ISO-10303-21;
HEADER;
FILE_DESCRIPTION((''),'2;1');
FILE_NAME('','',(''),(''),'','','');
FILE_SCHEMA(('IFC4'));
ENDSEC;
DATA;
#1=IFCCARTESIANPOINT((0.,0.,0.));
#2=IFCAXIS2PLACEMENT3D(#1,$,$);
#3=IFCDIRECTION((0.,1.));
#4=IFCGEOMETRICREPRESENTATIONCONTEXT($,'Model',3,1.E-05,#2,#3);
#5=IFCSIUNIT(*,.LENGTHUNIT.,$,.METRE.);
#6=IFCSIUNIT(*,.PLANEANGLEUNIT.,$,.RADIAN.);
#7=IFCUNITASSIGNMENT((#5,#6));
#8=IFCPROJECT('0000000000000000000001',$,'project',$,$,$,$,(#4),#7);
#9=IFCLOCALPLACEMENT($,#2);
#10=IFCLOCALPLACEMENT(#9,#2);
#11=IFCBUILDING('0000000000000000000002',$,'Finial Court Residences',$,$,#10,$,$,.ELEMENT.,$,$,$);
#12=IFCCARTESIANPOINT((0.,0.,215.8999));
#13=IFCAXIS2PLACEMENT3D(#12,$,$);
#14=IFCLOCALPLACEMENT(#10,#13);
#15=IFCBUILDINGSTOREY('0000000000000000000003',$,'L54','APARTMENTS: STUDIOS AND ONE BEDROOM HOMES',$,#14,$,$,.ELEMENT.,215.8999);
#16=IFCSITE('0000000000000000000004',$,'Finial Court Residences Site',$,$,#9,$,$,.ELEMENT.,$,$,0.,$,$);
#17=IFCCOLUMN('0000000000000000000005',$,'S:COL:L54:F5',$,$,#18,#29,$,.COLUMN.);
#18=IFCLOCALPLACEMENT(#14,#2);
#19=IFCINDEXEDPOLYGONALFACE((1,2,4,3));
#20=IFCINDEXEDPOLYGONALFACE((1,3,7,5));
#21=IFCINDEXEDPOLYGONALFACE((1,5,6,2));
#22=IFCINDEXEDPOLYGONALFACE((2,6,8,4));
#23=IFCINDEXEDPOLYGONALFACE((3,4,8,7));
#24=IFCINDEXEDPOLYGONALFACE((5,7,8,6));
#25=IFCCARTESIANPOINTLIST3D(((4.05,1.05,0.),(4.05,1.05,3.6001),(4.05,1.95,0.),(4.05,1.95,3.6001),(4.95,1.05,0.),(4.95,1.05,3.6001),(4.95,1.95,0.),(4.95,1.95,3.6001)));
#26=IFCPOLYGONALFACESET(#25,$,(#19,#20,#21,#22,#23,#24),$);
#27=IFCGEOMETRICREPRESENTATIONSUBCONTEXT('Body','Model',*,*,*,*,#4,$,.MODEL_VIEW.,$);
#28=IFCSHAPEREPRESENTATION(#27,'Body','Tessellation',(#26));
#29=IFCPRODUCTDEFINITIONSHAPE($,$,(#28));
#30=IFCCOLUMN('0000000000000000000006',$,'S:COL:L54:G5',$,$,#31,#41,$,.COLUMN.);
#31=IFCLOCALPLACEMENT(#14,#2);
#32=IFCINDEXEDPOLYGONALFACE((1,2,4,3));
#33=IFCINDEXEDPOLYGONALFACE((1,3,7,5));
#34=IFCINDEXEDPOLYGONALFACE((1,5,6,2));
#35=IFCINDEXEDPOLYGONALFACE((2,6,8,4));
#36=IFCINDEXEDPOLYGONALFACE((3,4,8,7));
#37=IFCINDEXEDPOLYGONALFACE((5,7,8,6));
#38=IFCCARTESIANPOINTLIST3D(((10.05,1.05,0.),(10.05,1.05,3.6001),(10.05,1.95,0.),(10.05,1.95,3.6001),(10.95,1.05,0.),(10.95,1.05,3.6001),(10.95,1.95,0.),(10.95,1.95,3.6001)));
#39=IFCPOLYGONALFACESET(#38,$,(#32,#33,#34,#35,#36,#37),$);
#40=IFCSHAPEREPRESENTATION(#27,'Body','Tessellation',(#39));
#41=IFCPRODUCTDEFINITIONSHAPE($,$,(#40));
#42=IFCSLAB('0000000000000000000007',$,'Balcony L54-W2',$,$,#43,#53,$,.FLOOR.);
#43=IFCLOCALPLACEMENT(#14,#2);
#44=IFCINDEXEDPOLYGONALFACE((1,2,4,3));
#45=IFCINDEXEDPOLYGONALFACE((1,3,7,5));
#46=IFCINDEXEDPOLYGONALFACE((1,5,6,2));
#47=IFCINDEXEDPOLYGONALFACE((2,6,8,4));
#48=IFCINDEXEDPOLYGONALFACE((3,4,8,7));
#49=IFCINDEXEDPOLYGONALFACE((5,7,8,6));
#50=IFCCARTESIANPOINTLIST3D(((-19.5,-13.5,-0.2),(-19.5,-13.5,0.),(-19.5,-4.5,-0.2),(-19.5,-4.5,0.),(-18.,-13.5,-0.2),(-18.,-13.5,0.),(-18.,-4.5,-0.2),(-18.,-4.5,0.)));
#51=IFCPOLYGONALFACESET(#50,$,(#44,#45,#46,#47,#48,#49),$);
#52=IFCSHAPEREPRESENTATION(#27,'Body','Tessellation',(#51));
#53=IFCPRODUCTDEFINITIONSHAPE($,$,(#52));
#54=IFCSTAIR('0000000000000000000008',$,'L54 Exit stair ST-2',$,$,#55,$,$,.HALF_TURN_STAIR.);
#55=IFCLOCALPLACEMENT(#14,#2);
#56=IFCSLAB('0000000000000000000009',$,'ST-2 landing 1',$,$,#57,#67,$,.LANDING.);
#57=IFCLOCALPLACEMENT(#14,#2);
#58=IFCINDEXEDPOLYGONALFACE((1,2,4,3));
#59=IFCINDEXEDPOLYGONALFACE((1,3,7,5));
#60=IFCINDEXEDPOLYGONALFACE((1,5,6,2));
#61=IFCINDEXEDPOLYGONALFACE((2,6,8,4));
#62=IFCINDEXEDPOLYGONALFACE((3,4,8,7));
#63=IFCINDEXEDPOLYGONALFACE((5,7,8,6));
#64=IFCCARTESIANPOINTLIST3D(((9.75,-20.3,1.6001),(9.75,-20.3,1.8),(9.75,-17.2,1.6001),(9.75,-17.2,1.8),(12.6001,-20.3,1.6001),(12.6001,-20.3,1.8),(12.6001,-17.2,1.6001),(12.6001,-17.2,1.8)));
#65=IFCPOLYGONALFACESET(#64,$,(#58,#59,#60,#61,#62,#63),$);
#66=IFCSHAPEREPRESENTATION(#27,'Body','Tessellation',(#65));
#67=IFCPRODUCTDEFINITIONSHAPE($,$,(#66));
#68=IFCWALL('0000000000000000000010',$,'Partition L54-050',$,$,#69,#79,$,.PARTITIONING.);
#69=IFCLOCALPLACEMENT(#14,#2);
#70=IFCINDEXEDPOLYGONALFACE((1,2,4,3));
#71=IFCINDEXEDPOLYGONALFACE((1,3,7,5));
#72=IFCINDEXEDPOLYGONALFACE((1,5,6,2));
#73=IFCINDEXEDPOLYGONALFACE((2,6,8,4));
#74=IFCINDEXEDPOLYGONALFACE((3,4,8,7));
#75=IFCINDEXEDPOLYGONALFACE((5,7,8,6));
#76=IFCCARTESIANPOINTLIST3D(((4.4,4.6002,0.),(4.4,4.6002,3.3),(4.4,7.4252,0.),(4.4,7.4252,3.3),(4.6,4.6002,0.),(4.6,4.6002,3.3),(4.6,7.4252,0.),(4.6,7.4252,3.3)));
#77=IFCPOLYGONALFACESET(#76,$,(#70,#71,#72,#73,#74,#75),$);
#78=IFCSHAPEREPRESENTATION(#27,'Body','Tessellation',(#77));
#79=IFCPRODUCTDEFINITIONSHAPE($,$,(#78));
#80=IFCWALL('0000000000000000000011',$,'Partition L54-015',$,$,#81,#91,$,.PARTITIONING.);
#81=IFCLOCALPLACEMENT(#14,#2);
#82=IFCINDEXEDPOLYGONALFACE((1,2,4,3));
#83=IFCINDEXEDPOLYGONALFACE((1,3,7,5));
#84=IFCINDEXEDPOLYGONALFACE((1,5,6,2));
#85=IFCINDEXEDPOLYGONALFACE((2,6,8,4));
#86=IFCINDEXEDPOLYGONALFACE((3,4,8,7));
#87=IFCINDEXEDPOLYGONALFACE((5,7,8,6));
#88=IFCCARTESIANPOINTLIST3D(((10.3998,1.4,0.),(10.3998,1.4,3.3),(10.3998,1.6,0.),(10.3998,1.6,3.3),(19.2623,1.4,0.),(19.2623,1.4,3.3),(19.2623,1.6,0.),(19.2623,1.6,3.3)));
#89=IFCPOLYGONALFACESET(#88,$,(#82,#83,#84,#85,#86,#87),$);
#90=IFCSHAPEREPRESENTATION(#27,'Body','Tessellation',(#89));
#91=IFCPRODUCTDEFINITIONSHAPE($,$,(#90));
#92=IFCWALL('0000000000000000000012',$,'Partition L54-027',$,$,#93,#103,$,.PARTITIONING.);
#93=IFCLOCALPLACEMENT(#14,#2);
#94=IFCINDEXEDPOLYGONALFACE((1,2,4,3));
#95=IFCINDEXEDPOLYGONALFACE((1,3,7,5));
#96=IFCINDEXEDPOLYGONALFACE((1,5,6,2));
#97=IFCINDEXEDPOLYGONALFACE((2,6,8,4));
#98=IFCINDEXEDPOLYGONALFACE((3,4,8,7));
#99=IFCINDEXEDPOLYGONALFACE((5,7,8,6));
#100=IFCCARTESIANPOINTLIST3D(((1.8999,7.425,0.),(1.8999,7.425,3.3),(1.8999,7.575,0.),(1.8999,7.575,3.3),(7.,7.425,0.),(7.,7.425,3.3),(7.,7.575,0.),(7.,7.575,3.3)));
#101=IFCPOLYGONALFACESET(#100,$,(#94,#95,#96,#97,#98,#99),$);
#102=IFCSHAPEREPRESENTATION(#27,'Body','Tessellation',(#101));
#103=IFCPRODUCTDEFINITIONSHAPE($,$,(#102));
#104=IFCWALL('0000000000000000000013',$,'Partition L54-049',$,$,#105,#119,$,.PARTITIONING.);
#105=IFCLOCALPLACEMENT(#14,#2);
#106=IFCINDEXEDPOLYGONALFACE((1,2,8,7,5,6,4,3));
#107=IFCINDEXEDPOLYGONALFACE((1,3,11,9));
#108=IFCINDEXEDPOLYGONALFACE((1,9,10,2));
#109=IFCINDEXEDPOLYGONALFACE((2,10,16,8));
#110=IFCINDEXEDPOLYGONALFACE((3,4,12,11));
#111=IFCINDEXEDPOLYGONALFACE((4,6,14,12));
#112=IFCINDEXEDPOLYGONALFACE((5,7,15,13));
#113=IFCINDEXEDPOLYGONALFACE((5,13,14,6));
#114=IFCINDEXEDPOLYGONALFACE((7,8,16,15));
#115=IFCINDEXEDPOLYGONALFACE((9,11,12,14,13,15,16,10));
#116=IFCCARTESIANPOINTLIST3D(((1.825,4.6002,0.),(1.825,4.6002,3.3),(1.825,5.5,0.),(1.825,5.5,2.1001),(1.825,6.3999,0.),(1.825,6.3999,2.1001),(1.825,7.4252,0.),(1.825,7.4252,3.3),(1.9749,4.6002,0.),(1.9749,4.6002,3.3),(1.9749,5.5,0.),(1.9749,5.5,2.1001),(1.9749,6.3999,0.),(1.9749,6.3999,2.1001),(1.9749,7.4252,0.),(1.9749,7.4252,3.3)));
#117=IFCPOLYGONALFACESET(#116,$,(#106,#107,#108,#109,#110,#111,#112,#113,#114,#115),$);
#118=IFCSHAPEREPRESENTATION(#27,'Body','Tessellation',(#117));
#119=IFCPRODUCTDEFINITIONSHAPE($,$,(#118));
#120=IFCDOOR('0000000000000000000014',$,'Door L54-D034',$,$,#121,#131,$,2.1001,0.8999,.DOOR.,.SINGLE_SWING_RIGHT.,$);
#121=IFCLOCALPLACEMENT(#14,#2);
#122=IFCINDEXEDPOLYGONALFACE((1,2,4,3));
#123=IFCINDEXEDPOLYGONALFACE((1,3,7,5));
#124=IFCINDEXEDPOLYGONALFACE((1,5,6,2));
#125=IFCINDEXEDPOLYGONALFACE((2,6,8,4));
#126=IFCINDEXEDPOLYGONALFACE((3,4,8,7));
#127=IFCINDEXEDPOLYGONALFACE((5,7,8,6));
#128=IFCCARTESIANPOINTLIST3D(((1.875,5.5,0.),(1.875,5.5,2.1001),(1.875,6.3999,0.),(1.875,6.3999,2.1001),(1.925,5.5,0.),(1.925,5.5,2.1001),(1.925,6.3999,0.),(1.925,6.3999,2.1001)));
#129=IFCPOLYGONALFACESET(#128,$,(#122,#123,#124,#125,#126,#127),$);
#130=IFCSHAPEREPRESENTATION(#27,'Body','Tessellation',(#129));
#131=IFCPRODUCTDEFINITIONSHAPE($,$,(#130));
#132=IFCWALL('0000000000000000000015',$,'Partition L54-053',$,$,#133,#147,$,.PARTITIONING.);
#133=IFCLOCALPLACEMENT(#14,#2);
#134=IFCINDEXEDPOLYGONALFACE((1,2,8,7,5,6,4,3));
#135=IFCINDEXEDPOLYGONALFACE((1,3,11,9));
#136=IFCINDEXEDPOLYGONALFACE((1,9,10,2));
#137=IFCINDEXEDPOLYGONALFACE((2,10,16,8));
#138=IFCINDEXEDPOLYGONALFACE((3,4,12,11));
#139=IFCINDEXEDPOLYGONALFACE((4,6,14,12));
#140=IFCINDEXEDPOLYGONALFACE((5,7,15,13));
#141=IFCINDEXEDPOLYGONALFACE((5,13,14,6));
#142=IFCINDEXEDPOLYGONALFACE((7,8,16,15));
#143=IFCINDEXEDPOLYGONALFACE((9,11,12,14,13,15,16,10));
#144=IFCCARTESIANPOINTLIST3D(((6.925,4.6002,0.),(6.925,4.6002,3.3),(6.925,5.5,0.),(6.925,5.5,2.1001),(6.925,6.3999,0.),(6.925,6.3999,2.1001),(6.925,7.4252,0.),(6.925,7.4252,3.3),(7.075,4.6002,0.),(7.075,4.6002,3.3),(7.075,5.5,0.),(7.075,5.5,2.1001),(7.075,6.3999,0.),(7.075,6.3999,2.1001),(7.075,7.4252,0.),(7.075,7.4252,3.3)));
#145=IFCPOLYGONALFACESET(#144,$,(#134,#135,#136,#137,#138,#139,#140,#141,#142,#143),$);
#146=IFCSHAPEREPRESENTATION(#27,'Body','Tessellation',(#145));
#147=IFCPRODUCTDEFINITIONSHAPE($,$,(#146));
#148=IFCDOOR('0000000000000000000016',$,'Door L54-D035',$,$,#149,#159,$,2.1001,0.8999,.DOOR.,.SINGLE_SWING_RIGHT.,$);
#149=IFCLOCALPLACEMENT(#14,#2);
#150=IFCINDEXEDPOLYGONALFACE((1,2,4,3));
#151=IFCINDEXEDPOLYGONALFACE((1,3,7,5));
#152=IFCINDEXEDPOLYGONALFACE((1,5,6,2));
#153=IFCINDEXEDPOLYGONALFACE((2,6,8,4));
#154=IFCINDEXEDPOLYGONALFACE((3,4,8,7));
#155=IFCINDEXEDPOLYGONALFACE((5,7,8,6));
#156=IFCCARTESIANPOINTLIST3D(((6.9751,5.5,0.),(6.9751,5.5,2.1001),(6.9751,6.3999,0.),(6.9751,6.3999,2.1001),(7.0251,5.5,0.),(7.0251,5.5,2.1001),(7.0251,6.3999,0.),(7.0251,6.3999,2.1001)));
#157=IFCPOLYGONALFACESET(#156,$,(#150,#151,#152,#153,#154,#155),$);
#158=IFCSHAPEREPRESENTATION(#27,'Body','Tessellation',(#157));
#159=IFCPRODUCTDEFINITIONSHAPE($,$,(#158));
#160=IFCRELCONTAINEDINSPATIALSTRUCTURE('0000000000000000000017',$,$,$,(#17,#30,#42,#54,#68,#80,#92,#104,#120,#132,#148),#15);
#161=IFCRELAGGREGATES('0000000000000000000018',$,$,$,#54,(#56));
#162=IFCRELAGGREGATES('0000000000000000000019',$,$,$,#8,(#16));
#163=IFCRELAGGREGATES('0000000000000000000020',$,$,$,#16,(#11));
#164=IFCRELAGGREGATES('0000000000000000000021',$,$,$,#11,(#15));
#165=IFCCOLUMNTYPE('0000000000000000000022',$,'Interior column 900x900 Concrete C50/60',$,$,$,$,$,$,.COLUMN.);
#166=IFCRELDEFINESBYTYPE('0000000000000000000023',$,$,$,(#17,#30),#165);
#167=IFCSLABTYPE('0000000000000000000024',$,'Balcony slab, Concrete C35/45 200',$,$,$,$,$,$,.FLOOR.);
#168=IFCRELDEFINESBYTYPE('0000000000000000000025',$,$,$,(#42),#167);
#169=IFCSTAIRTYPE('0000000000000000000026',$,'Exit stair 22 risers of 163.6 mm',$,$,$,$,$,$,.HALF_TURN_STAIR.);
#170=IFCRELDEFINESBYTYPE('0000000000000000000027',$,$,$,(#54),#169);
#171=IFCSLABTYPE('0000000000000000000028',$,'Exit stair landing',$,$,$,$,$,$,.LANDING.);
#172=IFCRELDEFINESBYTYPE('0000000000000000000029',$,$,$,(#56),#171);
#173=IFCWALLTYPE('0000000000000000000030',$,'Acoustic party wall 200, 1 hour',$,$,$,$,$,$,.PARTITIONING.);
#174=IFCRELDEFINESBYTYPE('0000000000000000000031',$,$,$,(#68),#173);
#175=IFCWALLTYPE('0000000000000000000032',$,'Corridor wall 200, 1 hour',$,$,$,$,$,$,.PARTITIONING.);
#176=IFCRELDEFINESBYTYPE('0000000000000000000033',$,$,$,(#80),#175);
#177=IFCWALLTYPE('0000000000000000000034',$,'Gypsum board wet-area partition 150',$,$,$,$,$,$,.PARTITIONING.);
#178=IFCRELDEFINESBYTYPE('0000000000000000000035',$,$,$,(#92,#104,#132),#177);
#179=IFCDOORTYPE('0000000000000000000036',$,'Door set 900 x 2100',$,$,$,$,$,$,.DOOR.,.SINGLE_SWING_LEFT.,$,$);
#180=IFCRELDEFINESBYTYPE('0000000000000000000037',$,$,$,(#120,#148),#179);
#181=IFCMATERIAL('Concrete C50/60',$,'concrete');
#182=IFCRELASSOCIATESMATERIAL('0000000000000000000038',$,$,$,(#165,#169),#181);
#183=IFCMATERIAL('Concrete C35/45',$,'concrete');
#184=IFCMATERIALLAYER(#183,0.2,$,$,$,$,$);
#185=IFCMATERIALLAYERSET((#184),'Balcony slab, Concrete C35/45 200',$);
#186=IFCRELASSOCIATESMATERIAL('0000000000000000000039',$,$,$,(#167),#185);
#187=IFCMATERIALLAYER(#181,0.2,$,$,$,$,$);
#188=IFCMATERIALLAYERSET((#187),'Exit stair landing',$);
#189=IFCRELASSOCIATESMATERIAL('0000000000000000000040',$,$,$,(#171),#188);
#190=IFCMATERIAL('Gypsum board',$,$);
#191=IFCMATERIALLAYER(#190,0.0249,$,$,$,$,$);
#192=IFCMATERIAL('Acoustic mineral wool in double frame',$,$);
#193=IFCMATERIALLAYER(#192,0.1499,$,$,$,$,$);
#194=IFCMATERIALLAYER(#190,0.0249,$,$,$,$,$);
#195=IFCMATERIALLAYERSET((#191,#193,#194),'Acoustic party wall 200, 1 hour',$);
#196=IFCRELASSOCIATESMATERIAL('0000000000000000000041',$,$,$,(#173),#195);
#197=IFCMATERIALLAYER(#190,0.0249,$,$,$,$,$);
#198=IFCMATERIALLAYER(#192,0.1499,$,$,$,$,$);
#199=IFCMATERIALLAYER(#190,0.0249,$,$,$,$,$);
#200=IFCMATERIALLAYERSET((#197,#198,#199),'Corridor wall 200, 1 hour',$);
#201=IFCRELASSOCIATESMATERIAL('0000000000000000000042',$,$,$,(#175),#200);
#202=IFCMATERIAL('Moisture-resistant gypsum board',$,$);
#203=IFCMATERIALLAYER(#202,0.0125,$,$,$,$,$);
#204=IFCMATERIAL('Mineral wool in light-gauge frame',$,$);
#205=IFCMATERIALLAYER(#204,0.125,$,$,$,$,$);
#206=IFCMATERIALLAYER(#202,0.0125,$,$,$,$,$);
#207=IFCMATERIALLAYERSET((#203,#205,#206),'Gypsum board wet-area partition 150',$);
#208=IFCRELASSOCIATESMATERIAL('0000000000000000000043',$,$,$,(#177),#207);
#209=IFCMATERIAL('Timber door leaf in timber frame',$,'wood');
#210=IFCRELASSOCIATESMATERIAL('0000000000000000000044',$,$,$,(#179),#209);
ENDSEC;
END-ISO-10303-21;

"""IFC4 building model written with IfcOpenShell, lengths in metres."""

from ifc_helpers import new_model, si_unit, direction, frame, frame_2d, origin, origin_2d, place, context, subcontext, project, spatial, polyline, rectangle, outline, extrude, material, layer, layer_set, material_profile, profile_set, type_object, element, fill, aggregate, save


model = new_model("IFC4")

# Units and contexts
model_context = context("Model", 3, precision=1e-05, world=origin(), true_north=direction((0.0, 1.0)))
body_context = subcontext(model_context, "Body", "Model", "MODEL_VIEW")
ifc_project = project(units=[si_unit("LENGTHUNIT", "METRE"), si_unit("PLANEANGLEUNIT", "RADIAN")], contexts=[model_context])

# Site, building, storey
site_placement = place(None, origin())
site = spatial("IfcSite", under=ifc_project, at=site_placement, Name="Finial Court Residences Site", CompositionType="ELEMENT", RefElevation=0.0)
building_placement = place(site_placement, origin())
building = spatial("IfcBuilding", under=site, at=building_placement, Name="Finial Court Residences", CompositionType="ELEMENT")
storey_placement = place(building_placement, frame((0.0, 0.0, 215.8999)))
storey = spatial("IfcBuildingStorey", under=building, at=storey_placement, Name="L54", Description="APARTMENTS: STUDIOS AND ONE BEDROOM HOMES", CompositionType="ELEMENT", Elevation=215.8999)

# Columns
ifc_material_1 = material(Name="Concrete C50/60", Category="concrete")
ifc_material_profile = material_profile(ifc_material_1, rectangle(XDim=0.8999, YDim=0.8999, at=origin_2d()), Name="900x900")
ifc_profile_set = profile_set([ifc_material_profile], Name="Concrete C50/60")
column_type = type_object("IfcColumnType", Name="Interior column 900x900 Concrete C50/60", PredefinedType="COLUMN", material=ifc_profile_set)
for number, where, z_axis, x_axis, name in (
    (1, (4.5, 1.5, 0.0), (0.0, 0.0, 1.0), (1.0, 0.0, 0.0), "S:COL:L54:F5"),
    (2, (10.5, 1.5, 0.0), (0.0, 0.0, 1.0), (1.0, 0.0, 0.0), "S:COL:L54:G5"),
):
    element("IfcColumn", number, at=place(storey_placement, frame(where, z_axis=z_axis, x_axis=x_axis)), inside=storey, type_object=column_type, Name=name, PredefinedType="COLUMN", context=body_context, shape_type="SweptSolid", body=[
        extrude(rectangle(XDim=0.8999, YDim=0.8999, at=origin_2d()), origin(), (0.0, 0.0, 1.0), 3.6001),
    ])

# Slab
ifc_material_2 = material(Name="Concrete C35/45", Category="concrete")
ifc_layer_1 = layer(ifc_material_2, 0.2)
ifc_layer_set_1 = layer_set([ifc_layer_1], Name="Balcony slab, Concrete C35/45 200")
slab_type_1 = type_object("IfcSlabType", Name="Balcony slab, Concrete C35/45 200", PredefinedType="FLOOR", material=ifc_layer_set_1)
slab_1_placement = place(storey_placement, frame((0.0, 0.0, -0.2)))
element("IfcSlab", 3, at=slab_1_placement, inside=storey, type_object=slab_type_1, Name="Balcony L54-W2", PredefinedType="FLOOR", context=body_context, shape_type="SweptSolid", body=[
    extrude(outline(polyline([(-18.0, -13.5), (-18.0, -4.5), (-19.5, -4.5), (-19.5, -13.5), (-18.0, -13.5)])), origin(), (0.0, 0.0, 1.0), 0.2),
])

# Stair, slab
stair_type = type_object("IfcStairType", Name="Exit stair 22 risers of 163.6 mm", PredefinedType="HALF_TURN_STAIR", material=ifc_material_1)
stair_placement = place(storey_placement, origin())
stair = element("IfcStair", 4, at=stair_placement, inside=storey, type_object=stair_type, Name="L54 Exit stair ST-2", PredefinedType="HALF_TURN_STAIR")
ifc_layer_2 = layer(ifc_material_1, 0.2)
ifc_layer_set_2 = layer_set([ifc_layer_2], Name="Exit stair landing")
slab_type_2 = type_object("IfcSlabType", Name="Exit stair landing", PredefinedType="LANDING", material=ifc_layer_set_2)
slab_2_placement = place(storey_placement, frame((0.0, 0.0, 1.6001)))
slab_2 = element("IfcSlab", 5, at=slab_2_placement, type_object=slab_type_2, Name="ST-2 landing 1", PredefinedType="LANDING", context=body_context, shape_type="SweptSolid", body=[
    extrude(outline(polyline([(12.6001, -20.3), (12.6001, -17.2), (9.75, -17.2), (9.75, -20.3), (12.6001, -20.3)])), origin(), (0.0, 0.0, 1.0), 0.2),
])
aggregate(stair, [slab_2])

# Walls
ifc_material_3 = material(Name="Gypsum board")
ifc_layer_3 = layer(ifc_material_3, 0.0249)
ifc_material_4 = material(Name="Acoustic mineral wool in double frame")
ifc_layer_4 = layer(ifc_material_4, 0.1499)
ifc_layer_5 = layer(ifc_material_3, 0.0249)
ifc_layer_set_3 = layer_set([ifc_layer_3, ifc_layer_4, ifc_layer_5], Name="Acoustic party wall 200, 1 hour")
wall_type_1 = type_object("IfcWallType", Name="Acoustic party wall 200, 1 hour", PredefinedType="PARTITIONING", material=ifc_layer_set_3)
wall_1_placement = place(storey_placement, frame((4.5, 4.6001, 0.0), z_axis=(0.0, 0.0, 1.0), x_axis=(0.0, 1.0, 0.0)))
element("IfcWall", 6, at=wall_1_placement, inside=storey, type_object=wall_type_1, Name="Partition L54-050", PredefinedType="PARTITIONING", context=body_context, shape_type="SweptSolid", body=[
    extrude(rectangle(XDim=2.825, YDim=0.2, at=frame_2d((1.4126, 0.0))), origin(), (0.0, 0.0, 1.0), 3.3),
])
ifc_layer_6 = layer(ifc_material_3, 0.0249)
ifc_layer_7 = layer(ifc_material_4, 0.1499)
ifc_layer_8 = layer(ifc_material_3, 0.0249)
ifc_layer_set_4 = layer_set([ifc_layer_6, ifc_layer_7, ifc_layer_8], Name="Corridor wall 200, 1 hour")
wall_type_2 = type_object("IfcWallType", Name="Corridor wall 200, 1 hour", PredefinedType="PARTITIONING", material=ifc_layer_set_4)
wall_2_placement = place(storey_placement, frame((10.3999, 1.5, 0.0), z_axis=(0.0, 0.0, 1.0), x_axis=(1.0, 0.0, 0.0)))
element("IfcWall", 7, at=wall_2_placement, inside=storey, type_object=wall_type_2, Name="Partition L54-015", PredefinedType="PARTITIONING", context=body_context, shape_type="SweptSolid", body=[
    extrude(rectangle(XDim=8.8625, YDim=0.2, at=frame_2d((4.4312, 0.0))), origin(), (0.0, 0.0, 1.0), 3.3),
])
ifc_material_5 = material(Name="Moisture-resistant gypsum board")
ifc_layer_9 = layer(ifc_material_5, 0.0125)
ifc_material_6 = material(Name="Mineral wool in light-gauge frame")
ifc_layer_10 = layer(ifc_material_6, 0.125)
ifc_layer_11 = layer(ifc_material_5, 0.0125)
ifc_layer_set_5 = layer_set([ifc_layer_9, ifc_layer_10, ifc_layer_11], Name="Gypsum board wet-area partition 150")
wall_type_3 = type_object("IfcWallType", Name="Gypsum board wet-area partition 150", PredefinedType="PARTITIONING", material=ifc_layer_set_5)
wall_3_placement = place(storey_placement, frame((1.8999, 7.5, 0.0), z_axis=(0.0, 0.0, 1.0), x_axis=(1.0, 0.0, 0.0)))
element("IfcWall", 8, at=wall_3_placement, inside=storey, type_object=wall_type_3, Name="Partition L54-027", PredefinedType="PARTITIONING", context=body_context, shape_type="SweptSolid", body=[
    extrude(rectangle(XDim=5.1001, YDim=0.1499, at=frame_2d((2.55, 0.0))), origin(), (0.0, 0.0, 1.0), 3.3),
])

# Walls, openings, doors
wall_4_placement = place(storey_placement, frame((1.8999, 4.6001, 0.0), z_axis=(0.0, 0.0, 1.0), x_axis=(0.0, 1.0, 0.0)))
wall_4 = element("IfcWall", 9, at=wall_4_placement, inside=storey, type_object=wall_type_3, Name="Partition L54-049", PredefinedType="PARTITIONING", context=body_context, shape_type="SweptSolid", body=[
    extrude(rectangle(XDim=2.825, YDim=0.1499, at=frame_2d((1.4126, 0.0))), origin(), (0.0, 0.0, 1.0), 3.3),
])
opening_1_placement = place(wall_4_placement, frame((0.8999, 0.0, 0.0)))
opening_1 = element("IfcOpeningElement", 10, at=opening_1_placement, cuts=wall_4, PredefinedType="OPENING", context=body_context, shape_type="SweptSolid", body=[
    extrude(rectangle(XDim=0.8999, YDim=2.1001, at=frame_2d((0.45, 1.05))), frame((0.0, 0.085, 0.0), z_axis=(0.0, -1.0, 0.0), x_axis=(1.0, 0.0, 0.0)), (0.0, 0.0, 1.0), 0.1699),
])
ifc_material_7 = material(Name="Timber door leaf in timber frame", Category="wood")
door_type = type_object("IfcDoorType", Name="Door set 900 x 2100", OperationType="SINGLE_SWING_LEFT", PredefinedType="DOOR", material=ifc_material_7)
door_1_placement = place(opening_1_placement, origin())
door_1 = element("IfcDoor", 11, at=door_1_placement, inside=storey, type_object=door_type, Name="Door L54-D034", OperationType="SINGLE_SWING_RIGHT", OverallHeight=2.1001, OverallWidth=0.8999, PredefinedType="DOOR", context=body_context, shape_type="SweptSolid", body=[
    extrude(rectangle(XDim=0.8999, YDim=2.1001, at=frame_2d((0.45, 1.05))), frame((0.0, 0.0249, 0.0), z_axis=(0.0, -1.0, 0.0), x_axis=(1.0, 0.0, 0.0)), (0.0, 0.0, 1.0), 0.05),
])
fill(opening_1, door_1)
wall_5_placement = place(storey_placement, frame((7.0, 4.6001, 0.0), z_axis=(0.0, 0.0, 1.0), x_axis=(0.0, 1.0, 0.0)))
wall_5 = element("IfcWall", 12, at=wall_5_placement, inside=storey, type_object=wall_type_3, Name="Partition L54-053", PredefinedType="PARTITIONING", context=body_context, shape_type="SweptSolid", body=[
    extrude(rectangle(XDim=2.825, YDim=0.1499, at=frame_2d((1.4126, 0.0))), origin(), (0.0, 0.0, 1.0), 3.3),
])
opening_2_placement = place(wall_5_placement, frame((0.8999, 0.0, 0.0)))
opening_2 = element("IfcOpeningElement", 13, at=opening_2_placement, cuts=wall_5, PredefinedType="OPENING", context=body_context, shape_type="SweptSolid", body=[
    extrude(rectangle(XDim=0.8999, YDim=2.1001, at=frame_2d((0.45, 1.05))), frame((0.0, 0.085, 0.0), z_axis=(0.0, -1.0, 0.0), x_axis=(1.0, 0.0, 0.0)), (0.0, 0.0, 1.0), 0.1699),
])
door_2_placement = place(opening_2_placement, origin())
door_2 = element("IfcDoor", 14, at=door_2_placement, inside=storey, type_object=door_type, Name="Door L54-D035", OperationType="SINGLE_SWING_RIGHT", OverallHeight=2.1001, OverallWidth=0.8999, PredefinedType="DOOR", context=body_context, shape_type="SweptSolid", body=[
    extrude(rectangle(XDim=0.8999, YDim=2.1001, at=frame_2d((0.45, 1.05))), frame((0.0, 0.0249, 0.0), z_axis=(0.0, -1.0, 0.0), x_axis=(1.0, 0.0, 0.0)), (0.0, 0.0, 1.0), 0.05),
])
fill(opening_2, door_2)

save(model, "model.ifc")
